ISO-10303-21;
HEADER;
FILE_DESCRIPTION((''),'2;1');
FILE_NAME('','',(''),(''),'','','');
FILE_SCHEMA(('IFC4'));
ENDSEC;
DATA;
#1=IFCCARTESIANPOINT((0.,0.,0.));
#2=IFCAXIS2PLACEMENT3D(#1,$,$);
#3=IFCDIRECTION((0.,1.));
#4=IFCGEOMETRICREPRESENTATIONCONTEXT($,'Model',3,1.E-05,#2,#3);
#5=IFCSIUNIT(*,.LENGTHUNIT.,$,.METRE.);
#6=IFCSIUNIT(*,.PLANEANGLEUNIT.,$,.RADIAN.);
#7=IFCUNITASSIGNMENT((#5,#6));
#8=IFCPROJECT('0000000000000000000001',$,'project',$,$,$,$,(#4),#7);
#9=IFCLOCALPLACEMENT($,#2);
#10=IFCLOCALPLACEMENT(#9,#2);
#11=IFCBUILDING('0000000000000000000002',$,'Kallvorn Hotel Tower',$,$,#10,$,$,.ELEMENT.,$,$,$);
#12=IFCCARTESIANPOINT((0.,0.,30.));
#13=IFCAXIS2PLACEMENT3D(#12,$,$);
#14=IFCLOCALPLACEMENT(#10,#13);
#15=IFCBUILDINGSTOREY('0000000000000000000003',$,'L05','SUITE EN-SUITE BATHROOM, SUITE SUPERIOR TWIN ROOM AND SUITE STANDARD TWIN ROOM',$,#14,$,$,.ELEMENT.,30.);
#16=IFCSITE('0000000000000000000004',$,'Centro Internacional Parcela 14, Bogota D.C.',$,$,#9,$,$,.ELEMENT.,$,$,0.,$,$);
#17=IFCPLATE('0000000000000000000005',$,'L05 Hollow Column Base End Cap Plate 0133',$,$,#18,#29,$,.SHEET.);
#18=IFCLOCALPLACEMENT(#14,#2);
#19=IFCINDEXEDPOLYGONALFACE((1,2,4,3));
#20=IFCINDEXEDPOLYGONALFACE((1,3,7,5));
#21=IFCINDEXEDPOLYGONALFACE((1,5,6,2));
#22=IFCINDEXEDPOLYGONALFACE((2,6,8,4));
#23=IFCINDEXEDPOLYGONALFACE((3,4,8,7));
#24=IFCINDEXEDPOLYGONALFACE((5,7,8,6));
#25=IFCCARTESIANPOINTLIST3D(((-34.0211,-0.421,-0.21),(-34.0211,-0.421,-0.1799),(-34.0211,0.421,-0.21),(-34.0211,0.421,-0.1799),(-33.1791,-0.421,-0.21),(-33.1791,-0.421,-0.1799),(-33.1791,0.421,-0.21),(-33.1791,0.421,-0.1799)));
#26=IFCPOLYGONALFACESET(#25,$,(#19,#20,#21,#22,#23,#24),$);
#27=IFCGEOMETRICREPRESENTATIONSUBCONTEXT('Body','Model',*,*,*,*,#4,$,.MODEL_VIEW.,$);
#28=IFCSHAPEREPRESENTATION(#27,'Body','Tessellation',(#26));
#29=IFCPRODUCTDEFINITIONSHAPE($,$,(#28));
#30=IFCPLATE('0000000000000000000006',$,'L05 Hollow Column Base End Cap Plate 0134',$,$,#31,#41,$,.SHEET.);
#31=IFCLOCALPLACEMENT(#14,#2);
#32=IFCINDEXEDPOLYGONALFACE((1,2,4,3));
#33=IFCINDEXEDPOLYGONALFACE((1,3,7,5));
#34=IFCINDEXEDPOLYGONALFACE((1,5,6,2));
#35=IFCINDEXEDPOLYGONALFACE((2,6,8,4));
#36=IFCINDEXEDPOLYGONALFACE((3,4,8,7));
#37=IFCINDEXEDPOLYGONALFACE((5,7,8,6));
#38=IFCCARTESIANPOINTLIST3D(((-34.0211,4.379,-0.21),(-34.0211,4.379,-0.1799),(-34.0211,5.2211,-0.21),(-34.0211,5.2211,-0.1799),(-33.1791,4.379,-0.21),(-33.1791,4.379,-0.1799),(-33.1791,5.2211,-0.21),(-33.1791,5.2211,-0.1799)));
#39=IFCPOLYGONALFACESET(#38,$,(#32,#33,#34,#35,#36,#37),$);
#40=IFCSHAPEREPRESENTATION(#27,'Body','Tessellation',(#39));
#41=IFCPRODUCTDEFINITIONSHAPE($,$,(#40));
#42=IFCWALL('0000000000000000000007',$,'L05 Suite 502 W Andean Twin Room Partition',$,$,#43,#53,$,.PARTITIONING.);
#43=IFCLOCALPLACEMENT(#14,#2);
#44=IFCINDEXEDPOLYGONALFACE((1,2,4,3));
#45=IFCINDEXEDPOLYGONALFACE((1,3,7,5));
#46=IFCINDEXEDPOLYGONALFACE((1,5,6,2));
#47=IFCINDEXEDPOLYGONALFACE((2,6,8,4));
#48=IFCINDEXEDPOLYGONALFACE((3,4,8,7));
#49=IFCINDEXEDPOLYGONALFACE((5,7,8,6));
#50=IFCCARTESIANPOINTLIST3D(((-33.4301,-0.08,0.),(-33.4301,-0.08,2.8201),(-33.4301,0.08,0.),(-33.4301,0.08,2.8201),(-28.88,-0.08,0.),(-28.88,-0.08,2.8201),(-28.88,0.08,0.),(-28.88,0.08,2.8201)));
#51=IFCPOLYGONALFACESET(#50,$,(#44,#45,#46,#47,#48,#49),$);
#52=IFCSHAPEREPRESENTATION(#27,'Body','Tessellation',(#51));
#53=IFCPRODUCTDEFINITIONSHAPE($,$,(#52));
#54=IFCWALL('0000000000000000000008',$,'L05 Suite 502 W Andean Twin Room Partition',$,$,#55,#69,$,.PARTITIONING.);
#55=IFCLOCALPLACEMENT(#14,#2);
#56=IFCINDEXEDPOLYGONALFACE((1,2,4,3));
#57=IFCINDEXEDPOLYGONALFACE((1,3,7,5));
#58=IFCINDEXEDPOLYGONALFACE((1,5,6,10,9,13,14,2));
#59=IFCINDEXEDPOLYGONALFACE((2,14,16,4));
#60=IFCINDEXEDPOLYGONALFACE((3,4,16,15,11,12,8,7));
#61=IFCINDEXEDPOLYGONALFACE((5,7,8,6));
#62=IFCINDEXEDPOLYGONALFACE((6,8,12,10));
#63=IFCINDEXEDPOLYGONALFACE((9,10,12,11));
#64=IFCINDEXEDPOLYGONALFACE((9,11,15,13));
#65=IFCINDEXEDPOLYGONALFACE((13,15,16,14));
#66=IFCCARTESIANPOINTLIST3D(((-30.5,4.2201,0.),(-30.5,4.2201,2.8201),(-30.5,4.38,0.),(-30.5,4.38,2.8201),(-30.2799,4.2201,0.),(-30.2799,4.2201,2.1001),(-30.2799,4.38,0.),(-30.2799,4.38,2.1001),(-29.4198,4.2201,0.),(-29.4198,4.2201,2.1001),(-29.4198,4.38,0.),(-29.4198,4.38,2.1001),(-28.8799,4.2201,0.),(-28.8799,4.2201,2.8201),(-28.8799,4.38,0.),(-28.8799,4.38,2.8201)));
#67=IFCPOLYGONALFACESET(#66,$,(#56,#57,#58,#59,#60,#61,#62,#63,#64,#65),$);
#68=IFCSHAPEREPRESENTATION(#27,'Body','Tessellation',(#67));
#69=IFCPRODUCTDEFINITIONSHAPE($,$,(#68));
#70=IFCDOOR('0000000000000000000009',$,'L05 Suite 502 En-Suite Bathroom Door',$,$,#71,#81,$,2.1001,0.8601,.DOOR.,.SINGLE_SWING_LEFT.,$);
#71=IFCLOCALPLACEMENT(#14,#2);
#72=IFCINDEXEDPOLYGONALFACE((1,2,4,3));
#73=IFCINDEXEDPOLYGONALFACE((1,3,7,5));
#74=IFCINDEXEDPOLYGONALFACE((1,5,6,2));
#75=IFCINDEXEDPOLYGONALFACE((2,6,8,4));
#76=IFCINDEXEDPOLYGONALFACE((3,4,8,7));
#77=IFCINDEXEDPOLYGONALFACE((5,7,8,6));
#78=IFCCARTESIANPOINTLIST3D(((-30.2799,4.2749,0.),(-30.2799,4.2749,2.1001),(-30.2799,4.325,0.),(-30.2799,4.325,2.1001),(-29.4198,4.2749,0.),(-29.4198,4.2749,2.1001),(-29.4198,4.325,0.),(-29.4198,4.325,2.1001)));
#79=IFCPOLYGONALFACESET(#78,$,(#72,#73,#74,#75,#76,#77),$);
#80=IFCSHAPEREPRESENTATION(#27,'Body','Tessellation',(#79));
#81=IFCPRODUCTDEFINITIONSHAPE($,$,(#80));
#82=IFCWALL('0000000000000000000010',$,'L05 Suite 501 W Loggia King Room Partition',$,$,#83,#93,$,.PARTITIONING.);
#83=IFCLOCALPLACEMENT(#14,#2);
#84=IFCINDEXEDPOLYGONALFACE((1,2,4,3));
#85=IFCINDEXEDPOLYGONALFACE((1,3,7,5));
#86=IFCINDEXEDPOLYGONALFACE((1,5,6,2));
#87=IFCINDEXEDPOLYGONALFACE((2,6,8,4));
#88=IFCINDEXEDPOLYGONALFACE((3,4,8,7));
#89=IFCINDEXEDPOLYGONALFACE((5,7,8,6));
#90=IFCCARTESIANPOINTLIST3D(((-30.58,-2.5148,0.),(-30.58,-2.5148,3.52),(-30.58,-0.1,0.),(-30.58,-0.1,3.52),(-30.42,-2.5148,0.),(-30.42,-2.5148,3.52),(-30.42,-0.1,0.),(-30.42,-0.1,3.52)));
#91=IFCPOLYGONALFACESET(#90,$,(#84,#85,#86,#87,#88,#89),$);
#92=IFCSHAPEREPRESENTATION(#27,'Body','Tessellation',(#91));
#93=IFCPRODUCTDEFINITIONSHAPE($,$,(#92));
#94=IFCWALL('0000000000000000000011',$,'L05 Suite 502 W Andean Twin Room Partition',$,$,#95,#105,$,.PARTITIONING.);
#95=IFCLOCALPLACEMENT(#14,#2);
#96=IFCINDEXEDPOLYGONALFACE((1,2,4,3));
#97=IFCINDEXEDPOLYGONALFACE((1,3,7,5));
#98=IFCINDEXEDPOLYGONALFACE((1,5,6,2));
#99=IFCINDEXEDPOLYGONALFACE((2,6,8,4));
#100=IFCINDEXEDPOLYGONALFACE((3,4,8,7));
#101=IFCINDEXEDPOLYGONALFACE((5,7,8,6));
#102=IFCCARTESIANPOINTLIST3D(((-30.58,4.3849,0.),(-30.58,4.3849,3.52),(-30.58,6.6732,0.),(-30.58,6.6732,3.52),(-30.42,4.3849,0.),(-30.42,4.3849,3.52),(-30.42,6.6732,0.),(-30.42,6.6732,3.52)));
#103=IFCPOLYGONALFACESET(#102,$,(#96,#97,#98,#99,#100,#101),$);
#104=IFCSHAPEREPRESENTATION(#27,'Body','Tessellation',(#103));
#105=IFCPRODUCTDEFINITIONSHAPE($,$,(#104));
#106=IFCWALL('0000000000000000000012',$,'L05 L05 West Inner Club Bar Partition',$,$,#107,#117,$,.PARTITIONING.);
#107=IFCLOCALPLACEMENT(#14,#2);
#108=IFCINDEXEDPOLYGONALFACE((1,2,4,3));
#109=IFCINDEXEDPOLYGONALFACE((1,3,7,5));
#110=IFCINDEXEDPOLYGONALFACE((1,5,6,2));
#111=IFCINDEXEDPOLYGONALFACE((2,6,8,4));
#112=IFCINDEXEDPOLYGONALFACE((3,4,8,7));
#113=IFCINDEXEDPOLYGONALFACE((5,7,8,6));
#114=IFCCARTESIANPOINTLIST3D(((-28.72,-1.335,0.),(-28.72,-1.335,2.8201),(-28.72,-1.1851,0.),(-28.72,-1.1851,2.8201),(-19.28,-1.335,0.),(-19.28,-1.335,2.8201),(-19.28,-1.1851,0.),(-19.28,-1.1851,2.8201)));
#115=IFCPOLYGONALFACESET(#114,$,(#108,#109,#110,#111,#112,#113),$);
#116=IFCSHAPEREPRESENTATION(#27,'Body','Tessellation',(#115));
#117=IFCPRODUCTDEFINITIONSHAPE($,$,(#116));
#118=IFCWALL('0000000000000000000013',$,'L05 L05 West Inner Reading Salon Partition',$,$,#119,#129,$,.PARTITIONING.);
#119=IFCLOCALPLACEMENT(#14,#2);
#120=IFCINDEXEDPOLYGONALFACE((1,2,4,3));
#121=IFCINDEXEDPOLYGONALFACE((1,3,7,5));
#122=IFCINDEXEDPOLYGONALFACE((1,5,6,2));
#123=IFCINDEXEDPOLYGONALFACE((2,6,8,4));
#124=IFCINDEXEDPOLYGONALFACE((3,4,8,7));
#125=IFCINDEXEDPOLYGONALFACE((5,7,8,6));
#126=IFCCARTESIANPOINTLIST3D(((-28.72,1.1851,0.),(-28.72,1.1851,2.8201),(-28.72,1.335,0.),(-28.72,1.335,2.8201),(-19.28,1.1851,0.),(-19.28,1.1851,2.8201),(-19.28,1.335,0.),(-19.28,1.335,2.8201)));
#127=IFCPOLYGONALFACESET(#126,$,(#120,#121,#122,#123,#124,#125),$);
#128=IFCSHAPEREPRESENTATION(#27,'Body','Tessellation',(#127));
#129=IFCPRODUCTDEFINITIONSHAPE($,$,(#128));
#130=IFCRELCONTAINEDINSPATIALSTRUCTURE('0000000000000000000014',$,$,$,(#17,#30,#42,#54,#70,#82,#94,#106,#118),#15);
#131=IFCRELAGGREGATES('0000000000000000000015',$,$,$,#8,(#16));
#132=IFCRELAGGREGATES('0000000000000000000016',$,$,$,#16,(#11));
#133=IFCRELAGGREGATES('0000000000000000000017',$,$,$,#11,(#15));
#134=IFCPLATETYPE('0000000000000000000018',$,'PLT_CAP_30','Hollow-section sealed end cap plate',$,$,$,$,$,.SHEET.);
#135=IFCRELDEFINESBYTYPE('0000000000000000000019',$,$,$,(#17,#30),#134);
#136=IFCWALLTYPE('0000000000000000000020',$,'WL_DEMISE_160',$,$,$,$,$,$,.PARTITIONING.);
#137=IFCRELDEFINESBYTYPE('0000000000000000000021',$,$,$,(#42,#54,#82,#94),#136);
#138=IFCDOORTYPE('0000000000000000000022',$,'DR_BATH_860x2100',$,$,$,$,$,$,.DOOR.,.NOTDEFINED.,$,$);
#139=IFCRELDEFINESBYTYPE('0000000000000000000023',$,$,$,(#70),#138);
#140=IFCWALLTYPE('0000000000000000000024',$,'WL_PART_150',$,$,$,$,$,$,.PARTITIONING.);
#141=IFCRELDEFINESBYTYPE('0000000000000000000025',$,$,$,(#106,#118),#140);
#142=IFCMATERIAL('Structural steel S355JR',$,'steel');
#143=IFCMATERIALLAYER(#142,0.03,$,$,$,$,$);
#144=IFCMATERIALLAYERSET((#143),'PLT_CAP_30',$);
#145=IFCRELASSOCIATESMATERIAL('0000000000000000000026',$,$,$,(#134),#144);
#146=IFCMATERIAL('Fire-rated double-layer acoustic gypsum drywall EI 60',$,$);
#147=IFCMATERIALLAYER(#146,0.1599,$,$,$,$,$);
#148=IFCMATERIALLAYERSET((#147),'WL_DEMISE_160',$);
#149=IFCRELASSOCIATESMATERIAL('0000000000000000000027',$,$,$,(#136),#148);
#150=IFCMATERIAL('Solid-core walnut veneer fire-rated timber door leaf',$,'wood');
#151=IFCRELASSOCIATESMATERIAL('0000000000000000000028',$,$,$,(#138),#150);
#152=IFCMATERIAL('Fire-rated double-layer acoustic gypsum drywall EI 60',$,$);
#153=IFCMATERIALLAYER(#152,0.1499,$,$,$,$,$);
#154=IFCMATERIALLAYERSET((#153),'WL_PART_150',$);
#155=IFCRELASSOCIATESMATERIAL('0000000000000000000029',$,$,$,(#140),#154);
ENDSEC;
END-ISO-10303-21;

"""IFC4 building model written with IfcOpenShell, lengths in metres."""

from ifc_helpers import new_model, si_unit, direction, frame, frame_2d, origin, origin_2d, place, context, subcontext, project, spatial, rectangle, extrude, material, layer, layer_set, type_object, element, fill, save


model = new_model("IFC4")

# Units and contexts
model_context = context("Model", 3, precision=1e-05, world=origin(), true_north=direction((0.0, 1.0)))
body_context = subcontext(model_context, "Body", "Model", "MODEL_VIEW")
ifc_project = project(units=[si_unit("LENGTHUNIT", "METRE"), si_unit("PLANEANGLEUNIT", "RADIAN")], contexts=[model_context])

# Site, building, storey
site_placement = place(None, origin())
site = spatial("IfcSite", under=ifc_project, at=site_placement, Name="Centro Internacional Parcela 14, Bogota D.C.", CompositionType="ELEMENT", RefElevation=0.0)
building_placement = place(site_placement, origin())
building = spatial("IfcBuilding", under=site, at=building_placement, Name="Kallvorn Hotel Tower", CompositionType="ELEMENT")
storey_placement = place(building_placement, frame((0.0, 0.0, 30.0)))
storey = spatial("IfcBuildingStorey", under=building, at=storey_placement, Name="L05", Description="SUITE EN-SUITE BATHROOM, SUITE SUPERIOR TWIN ROOM AND SUITE STANDARD TWIN ROOM", CompositionType="ELEMENT", Elevation=30.0)

# Plates
ifc_material_1 = material(Name="Structural steel S355JR", Category="steel")
ifc_layer_1 = layer(ifc_material_1, 0.03)
ifc_layer_set_1 = layer_set([ifc_layer_1], Name="PLT_CAP_30")
plate_type_1 = type_object("IfcPlateType", Name="PLT_CAP_30", Description="Hollow-section sealed end cap plate", PredefinedType="SHEET", material=ifc_layer_set_1)
for number, where, z_axis, x_axis, name in (
    (1, (-33.6001, 0.0, -0.21), (0.0, 0.0, 1.0), (1.0, 0.0, 0.0), "L05 Hollow Column Base End Cap Plate 0133"),
    (2, (-33.6001, 4.8, -0.21), (0.0, 0.0, 1.0), (1.0, 0.0, 0.0), "L05 Hollow Column Base End Cap Plate 0134"),
):
    element("IfcPlate", number, at=place(storey_placement, frame(where, z_axis=z_axis, x_axis=x_axis)), inside=storey, type_object=plate_type_1, Name=name, PredefinedType="SHEET", context=body_context, shape_type="SweptSolid", body=[
        extrude(rectangle(XDim=0.842, YDim=0.842, at=origin_2d()), origin(), (0.0, 0.0, 1.0), 0.03),
    ])

# Wall
ifc_material_2 = material(Name="Fire-rated double-layer acoustic gypsum drywall EI 60")
ifc_layer_2 = layer(ifc_material_2, 0.1599)
ifc_layer_set_2 = layer_set([ifc_layer_2], Name="WL_DEMISE_160")
wall_type_1 = type_object("IfcWallType", Name="WL_DEMISE_160", PredefinedType="PARTITIONING", material=ifc_layer_set_2)
wall_1_placement = place(storey_placement, frame((-33.4299, 0.0, 0.0), z_axis=(0.0, 0.0, 1.0), x_axis=(1.0, 0.0, 0.0)))
element("IfcWall", 3, at=wall_1_placement, inside=storey, type_object=wall_type_1, Name="L05 Suite 502 W Andean Twin Room Partition", PredefinedType="PARTITIONING", context=body_context, shape_type="SweptSolid", body=[
    extrude(rectangle(XDim=4.55, YDim=0.1599, at=frame_2d((2.2749, 0.0))), origin(), (0.0, 0.0, 1.0), 2.8201),
])

# Wall, opening, door
wall_2_placement = place(storey_placement, frame((-30.5, 4.3, 0.0), z_axis=(0.0, 0.0, 1.0), x_axis=(1.0, 0.0, 0.0)))
wall_2 = element("IfcWall", 4, at=wall_2_placement, inside=storey, type_object=wall_type_1, Name="L05 Suite 502 W Andean Twin Room Partition", PredefinedType="PARTITIONING", context=body_context, shape_type="SweptSolid", body=[
    extrude(rectangle(XDim=1.6201, YDim=0.1599, at=frame_2d((0.8101, 0.0))), origin(), (0.0, 0.0, 1.0), 2.8201),
])
opening_placement = place(wall_2_placement, frame((0.22, 0.0, 0.0)))
opening = element("IfcOpeningElement", 5, at=opening_placement, cuts=wall_2, PredefinedType="OPENING", context=body_context, shape_type="SweptSolid", body=[
    extrude(rectangle(XDim=0.8601, YDim=2.1001, at=frame_2d((0.4302, 1.05))), frame((0.0, 0.095, 0.0), z_axis=(0.0, -1.0, 0.0), x_axis=(1.0, 0.0, 0.0)), (0.0, 0.0, 1.0), 0.1899),
])
ifc_material_3 = material(Name="Solid-core walnut veneer fire-rated timber door leaf", Category="wood")
door_type = type_object("IfcDoorType", Name="DR_BATH_860x2100", OperationType="NOTDEFINED", PredefinedType="DOOR", material=ifc_material_3)
door_placement = place(opening_placement, origin())
door = element("IfcDoor", 6, at=door_placement, inside=storey, type_object=door_type, Name="L05 Suite 502 En-Suite Bathroom Door", OperationType="SINGLE_SWING_LEFT", OverallHeight=2.1001, OverallWidth=0.8601, PredefinedType="DOOR", context=body_context, shape_type="SweptSolid", body=[
    extrude(rectangle(XDim=0.8601, YDim=2.1001, at=frame_2d((0.4302, 1.05))), frame((0.0, 0.0249, 0.0), z_axis=(0.0, -1.0, 0.0), x_axis=(1.0, 0.0, 0.0)), (0.0, 0.0, 1.0), 0.05),
])
fill(opening, door)

# Walls
wall_3_placement = place(storey_placement, frame((-30.5, -2.5149, 0.0), z_axis=(0.0, 0.0, 1.0), x_axis=(0.0, 1.0, 0.0)))
element("IfcWall", 7, at=wall_3_placement, inside=storey, type_object=wall_type_1, Name="L05 Suite 501 W Loggia King Room Partition", PredefinedType="PARTITIONING", context=body_context, shape_type="SweptSolid", body=[
    extrude(rectangle(XDim=2.4148, YDim=0.1599, at=frame_2d((1.2075, 0.0))), origin(), (0.0, 0.0, 1.0), 3.52),
])
wall_4_placement = place(storey_placement, frame((-30.5, 4.385, 0.0), z_axis=(0.0, 0.0, 1.0), x_axis=(0.0, 1.0, 0.0)))
element("IfcWall", 8, at=wall_4_placement, inside=storey, type_object=wall_type_1, Name="L05 Suite 502 W Andean Twin Room Partition", PredefinedType="PARTITIONING", context=body_context, shape_type="SweptSolid", body=[
    extrude(rectangle(XDim=2.2883, YDim=0.1599, at=frame_2d((1.144, 0.0))), origin(), (0.0, 0.0, 1.0), 3.52),
])
ifc_material_4 = material(Name="Fire-rated double-layer acoustic gypsum drywall EI 60")
ifc_layer_3 = layer(ifc_material_4, 0.1499)
ifc_layer_set_3 = layer_set([ifc_layer_3], Name="WL_PART_150")
wall_type_2 = type_object("IfcWallType", Name="WL_PART_150", PredefinedType="PARTITIONING", material=ifc_layer_set_3)
for number, where, z_axis, x_axis, name in (
    (9, (-28.72, -1.26, 0.0), (0.0, 0.0, 1.0), (1.0, 0.0, 0.0), "L05 L05 West Inner Club Bar Partition"),
    (10, (-28.72, 1.26, 0.0), (0.0, 0.0, 1.0), (1.0, 0.0, 0.0), "L05 L05 West Inner Reading Salon Partition"),
):
    element("IfcWall", number, at=place(storey_placement, frame(where, z_axis=z_axis, x_axis=x_axis)), inside=storey, type_object=wall_type_2, Name=name, PredefinedType="PARTITIONING", context=body_context, shape_type="SweptSolid", body=[
        extrude(rectangle(XDim=9.4399, YDim=0.1499, at=frame_2d((4.72, 0.0))), origin(), (0.0, 0.0, 1.0), 2.8201),
    ])

save(model, "model.ifc")
